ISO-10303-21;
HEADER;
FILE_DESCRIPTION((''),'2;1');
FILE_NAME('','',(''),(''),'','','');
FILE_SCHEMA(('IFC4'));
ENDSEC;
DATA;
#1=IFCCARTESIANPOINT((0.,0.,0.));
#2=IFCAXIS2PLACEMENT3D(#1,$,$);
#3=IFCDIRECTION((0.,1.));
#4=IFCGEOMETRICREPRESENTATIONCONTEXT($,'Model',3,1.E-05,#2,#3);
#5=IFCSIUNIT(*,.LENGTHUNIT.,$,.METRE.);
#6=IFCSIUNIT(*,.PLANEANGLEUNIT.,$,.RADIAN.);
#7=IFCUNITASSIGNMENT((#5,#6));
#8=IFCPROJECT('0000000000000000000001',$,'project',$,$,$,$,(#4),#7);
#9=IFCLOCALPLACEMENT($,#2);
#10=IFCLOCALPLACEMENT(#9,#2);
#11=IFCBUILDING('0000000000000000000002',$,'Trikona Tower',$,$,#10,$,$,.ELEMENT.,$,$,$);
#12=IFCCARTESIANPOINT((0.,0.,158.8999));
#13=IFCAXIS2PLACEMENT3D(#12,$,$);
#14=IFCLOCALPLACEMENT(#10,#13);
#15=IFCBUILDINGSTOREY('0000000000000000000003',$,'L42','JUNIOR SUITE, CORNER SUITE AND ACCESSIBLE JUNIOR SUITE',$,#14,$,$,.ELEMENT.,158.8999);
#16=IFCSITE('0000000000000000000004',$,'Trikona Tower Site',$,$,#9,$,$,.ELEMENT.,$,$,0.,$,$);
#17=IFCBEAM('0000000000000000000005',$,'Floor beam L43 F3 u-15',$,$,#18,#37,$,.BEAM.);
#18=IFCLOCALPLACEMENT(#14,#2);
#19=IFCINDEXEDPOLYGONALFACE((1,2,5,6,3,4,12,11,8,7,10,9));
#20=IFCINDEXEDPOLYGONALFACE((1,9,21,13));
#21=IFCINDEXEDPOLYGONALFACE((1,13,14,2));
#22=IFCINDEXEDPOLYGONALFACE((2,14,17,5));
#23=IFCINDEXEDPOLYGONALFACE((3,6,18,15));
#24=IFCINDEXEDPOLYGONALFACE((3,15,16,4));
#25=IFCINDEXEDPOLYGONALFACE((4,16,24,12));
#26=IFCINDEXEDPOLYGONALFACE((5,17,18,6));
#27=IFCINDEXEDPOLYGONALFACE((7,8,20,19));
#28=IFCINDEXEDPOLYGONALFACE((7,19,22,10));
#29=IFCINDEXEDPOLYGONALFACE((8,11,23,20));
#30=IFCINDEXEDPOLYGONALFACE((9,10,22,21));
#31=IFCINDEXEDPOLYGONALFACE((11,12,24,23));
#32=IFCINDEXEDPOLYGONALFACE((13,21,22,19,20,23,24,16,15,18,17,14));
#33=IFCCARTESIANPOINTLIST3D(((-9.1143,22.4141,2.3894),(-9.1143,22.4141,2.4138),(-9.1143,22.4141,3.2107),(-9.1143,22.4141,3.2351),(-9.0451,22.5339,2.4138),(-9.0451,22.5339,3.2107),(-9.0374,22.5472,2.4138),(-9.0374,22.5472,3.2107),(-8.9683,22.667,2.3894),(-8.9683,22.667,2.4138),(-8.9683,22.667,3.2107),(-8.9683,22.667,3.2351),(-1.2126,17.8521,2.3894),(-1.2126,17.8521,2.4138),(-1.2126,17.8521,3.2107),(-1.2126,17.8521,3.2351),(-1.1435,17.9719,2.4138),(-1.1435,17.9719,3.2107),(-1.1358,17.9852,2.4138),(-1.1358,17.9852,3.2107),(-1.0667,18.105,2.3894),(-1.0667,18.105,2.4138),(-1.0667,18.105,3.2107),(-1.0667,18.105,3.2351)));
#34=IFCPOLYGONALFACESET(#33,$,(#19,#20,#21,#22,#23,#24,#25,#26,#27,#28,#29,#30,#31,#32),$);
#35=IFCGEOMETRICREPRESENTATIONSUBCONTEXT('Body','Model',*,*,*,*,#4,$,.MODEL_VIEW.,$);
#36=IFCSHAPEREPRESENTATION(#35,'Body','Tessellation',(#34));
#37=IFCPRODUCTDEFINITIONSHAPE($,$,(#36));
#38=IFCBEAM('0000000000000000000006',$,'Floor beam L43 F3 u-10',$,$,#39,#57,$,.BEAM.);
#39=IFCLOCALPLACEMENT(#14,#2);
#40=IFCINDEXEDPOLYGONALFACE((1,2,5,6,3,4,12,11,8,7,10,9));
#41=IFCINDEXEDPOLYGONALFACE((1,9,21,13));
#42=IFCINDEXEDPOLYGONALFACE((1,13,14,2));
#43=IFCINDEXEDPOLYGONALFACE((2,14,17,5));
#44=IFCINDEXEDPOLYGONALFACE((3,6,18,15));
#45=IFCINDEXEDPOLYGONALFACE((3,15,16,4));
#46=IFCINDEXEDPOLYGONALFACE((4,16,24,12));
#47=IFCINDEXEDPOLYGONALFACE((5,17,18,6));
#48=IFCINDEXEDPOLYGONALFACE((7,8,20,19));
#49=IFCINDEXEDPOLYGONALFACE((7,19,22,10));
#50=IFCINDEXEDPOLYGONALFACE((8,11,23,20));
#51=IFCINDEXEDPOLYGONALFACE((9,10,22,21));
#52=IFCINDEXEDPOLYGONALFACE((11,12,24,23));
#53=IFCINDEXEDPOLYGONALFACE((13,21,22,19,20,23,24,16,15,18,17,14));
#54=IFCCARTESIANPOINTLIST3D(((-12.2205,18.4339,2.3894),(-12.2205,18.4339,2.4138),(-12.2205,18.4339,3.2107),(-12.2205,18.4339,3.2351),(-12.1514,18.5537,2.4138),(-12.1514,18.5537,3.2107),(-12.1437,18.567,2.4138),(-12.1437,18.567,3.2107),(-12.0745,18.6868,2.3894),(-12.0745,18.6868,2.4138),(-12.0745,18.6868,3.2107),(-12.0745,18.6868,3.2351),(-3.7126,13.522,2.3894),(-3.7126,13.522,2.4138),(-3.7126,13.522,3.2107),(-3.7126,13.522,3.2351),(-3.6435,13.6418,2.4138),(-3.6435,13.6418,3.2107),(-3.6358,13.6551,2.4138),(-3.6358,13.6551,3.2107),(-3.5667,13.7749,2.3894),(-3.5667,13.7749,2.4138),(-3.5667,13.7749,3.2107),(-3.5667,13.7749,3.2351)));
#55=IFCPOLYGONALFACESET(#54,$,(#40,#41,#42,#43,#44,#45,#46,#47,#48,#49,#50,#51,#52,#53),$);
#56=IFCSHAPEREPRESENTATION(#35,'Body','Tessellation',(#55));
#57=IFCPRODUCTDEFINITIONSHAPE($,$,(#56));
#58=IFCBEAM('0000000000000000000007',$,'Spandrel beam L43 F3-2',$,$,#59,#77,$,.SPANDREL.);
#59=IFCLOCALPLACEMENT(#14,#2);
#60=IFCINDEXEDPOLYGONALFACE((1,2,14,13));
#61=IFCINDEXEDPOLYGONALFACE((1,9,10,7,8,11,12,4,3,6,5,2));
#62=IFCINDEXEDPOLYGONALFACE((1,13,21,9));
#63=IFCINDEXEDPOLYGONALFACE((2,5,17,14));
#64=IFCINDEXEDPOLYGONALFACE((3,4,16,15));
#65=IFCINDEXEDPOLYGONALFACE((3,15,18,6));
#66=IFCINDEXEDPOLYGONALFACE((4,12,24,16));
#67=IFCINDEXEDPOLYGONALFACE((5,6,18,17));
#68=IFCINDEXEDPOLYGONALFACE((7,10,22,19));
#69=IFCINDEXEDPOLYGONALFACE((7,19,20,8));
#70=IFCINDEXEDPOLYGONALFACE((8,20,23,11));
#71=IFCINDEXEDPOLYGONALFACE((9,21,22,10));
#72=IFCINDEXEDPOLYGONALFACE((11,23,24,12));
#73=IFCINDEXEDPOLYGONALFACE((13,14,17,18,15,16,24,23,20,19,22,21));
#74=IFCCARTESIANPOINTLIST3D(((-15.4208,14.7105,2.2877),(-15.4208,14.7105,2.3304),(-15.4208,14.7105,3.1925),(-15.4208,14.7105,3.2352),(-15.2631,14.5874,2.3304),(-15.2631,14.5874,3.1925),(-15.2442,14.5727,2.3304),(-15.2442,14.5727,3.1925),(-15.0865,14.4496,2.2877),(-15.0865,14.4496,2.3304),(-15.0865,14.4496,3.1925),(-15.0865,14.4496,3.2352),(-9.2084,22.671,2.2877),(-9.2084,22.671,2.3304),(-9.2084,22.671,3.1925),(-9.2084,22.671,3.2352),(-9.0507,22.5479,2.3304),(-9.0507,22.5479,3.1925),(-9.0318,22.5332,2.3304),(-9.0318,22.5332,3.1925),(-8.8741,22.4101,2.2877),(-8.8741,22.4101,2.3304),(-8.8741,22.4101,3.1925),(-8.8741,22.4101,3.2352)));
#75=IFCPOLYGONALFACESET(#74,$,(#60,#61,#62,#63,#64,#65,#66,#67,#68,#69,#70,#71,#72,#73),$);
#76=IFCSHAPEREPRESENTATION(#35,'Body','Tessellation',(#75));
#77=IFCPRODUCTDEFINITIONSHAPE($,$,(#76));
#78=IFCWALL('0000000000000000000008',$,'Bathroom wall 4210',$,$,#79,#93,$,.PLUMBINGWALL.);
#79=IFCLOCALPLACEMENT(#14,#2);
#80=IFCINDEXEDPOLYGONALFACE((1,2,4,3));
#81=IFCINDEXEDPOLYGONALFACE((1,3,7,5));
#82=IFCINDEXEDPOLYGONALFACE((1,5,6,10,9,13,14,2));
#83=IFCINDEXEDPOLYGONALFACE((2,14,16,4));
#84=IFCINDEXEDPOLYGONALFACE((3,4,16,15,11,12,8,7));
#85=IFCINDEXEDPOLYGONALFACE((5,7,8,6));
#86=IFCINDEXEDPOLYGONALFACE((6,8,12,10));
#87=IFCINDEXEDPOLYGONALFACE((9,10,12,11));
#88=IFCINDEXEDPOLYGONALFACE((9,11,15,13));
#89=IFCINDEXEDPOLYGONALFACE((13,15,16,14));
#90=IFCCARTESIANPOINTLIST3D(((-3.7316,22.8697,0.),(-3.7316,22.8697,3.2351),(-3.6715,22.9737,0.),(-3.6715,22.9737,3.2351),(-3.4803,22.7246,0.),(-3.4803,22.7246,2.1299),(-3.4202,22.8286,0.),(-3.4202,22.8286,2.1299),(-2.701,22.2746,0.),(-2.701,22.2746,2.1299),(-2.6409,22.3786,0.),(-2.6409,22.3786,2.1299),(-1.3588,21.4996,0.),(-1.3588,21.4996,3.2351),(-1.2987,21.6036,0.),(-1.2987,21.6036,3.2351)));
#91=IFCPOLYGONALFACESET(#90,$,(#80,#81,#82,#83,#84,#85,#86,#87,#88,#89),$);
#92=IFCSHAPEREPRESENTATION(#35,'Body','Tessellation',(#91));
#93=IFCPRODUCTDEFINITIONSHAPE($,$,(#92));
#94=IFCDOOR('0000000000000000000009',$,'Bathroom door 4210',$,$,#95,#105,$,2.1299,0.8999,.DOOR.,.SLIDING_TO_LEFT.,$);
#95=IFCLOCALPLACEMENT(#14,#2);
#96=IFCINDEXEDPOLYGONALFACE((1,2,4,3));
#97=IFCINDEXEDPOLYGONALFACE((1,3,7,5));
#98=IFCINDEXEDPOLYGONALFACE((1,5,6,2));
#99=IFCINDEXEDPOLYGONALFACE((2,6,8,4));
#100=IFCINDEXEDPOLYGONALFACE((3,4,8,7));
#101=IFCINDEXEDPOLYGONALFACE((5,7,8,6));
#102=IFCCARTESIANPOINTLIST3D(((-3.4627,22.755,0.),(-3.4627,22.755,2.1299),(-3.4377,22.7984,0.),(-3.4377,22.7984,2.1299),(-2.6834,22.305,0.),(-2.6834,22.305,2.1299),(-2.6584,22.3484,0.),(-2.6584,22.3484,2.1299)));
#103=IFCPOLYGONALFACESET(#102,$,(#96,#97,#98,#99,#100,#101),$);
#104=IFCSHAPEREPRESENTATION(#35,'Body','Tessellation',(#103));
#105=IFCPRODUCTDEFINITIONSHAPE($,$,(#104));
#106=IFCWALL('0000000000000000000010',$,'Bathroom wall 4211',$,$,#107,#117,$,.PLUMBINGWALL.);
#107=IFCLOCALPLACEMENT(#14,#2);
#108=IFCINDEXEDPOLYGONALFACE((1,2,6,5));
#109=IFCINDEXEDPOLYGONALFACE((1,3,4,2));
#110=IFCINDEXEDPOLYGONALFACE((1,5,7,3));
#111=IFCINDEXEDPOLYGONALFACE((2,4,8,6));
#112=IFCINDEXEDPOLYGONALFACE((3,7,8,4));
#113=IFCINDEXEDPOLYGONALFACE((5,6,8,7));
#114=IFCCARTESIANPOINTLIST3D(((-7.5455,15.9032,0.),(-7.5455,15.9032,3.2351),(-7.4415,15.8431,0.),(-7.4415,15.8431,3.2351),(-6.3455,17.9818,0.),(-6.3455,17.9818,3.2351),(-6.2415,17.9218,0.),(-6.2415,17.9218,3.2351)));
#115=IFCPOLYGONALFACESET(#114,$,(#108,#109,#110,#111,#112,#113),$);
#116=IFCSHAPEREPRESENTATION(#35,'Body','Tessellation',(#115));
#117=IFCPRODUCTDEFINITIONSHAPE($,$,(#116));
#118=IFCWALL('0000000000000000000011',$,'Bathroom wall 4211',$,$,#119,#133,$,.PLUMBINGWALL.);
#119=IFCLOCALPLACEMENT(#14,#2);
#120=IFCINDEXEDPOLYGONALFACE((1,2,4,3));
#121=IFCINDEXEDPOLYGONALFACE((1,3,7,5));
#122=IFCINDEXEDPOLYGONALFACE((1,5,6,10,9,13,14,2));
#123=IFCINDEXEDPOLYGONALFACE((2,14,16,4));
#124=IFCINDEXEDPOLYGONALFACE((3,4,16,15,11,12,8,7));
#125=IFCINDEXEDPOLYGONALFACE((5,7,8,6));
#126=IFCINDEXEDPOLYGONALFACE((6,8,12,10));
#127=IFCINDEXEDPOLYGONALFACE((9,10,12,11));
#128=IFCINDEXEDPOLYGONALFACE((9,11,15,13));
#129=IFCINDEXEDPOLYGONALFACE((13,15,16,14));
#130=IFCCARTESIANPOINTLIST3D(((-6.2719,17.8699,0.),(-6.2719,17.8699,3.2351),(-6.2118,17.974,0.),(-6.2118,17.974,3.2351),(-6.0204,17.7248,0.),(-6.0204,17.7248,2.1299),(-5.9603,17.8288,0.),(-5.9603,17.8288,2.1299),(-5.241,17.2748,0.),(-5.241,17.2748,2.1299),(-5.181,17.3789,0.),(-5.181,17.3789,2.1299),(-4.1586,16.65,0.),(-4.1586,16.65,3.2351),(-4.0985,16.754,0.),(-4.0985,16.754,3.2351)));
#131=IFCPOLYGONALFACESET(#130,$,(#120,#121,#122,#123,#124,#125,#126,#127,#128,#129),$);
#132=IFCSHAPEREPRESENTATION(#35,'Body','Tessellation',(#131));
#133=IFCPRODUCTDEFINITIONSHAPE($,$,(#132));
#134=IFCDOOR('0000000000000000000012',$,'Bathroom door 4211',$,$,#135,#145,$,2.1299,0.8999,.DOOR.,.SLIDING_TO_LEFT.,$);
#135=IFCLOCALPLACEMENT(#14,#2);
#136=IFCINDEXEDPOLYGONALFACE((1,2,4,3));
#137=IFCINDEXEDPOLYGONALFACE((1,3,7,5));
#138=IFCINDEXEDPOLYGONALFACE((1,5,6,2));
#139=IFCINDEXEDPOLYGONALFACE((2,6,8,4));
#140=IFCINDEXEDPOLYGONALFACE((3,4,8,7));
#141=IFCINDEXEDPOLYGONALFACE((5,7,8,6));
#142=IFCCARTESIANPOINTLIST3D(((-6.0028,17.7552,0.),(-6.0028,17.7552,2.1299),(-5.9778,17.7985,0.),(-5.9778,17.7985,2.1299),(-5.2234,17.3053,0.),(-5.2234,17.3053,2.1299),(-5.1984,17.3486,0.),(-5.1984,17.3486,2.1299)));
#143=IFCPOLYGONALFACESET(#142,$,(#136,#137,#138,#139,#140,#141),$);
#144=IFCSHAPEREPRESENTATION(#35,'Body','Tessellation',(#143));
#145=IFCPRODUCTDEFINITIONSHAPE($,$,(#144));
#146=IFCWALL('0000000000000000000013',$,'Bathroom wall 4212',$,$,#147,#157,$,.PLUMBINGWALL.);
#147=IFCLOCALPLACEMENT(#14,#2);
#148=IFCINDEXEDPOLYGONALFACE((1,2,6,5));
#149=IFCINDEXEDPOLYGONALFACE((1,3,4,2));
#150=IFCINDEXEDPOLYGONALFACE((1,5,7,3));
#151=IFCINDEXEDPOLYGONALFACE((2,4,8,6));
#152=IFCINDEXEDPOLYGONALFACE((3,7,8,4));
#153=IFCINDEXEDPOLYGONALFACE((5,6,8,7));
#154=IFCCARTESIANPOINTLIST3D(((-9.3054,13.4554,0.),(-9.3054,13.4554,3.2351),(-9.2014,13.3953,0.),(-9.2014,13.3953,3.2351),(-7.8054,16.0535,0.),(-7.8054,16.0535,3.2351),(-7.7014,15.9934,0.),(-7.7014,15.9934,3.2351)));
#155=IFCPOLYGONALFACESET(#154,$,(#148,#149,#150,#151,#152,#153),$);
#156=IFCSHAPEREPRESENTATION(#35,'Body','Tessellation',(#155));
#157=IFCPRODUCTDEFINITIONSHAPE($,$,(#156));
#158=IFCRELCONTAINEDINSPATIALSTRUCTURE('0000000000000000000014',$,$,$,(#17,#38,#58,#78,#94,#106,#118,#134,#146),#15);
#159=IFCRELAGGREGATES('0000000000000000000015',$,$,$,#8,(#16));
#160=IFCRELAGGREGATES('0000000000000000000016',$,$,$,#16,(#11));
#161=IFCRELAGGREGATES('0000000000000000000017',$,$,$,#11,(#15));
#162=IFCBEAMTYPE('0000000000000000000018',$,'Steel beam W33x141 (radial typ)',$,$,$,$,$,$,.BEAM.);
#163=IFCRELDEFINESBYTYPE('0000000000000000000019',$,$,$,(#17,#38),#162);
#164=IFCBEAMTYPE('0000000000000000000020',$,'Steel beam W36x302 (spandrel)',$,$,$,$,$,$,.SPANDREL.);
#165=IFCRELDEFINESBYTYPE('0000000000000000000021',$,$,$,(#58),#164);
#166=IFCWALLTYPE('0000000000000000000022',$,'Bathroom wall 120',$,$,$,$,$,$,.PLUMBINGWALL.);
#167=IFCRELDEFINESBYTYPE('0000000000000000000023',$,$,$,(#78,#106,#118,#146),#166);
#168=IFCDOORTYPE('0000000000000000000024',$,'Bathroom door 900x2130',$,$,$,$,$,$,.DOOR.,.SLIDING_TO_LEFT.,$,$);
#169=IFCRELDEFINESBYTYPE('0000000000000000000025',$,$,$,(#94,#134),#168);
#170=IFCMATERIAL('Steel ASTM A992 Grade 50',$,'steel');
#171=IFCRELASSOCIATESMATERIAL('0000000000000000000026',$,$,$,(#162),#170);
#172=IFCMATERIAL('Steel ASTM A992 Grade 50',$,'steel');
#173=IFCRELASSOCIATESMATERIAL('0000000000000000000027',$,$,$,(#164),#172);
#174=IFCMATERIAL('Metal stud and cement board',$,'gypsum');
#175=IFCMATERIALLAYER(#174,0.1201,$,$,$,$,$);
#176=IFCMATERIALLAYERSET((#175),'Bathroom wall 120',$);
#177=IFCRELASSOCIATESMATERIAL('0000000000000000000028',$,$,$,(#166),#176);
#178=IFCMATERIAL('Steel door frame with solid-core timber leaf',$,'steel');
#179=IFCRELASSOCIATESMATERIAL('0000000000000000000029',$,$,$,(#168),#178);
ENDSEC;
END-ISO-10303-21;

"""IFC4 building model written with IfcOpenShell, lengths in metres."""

from ifc_helpers import new_model, si_unit, direction, frame, frame_2d, origin, origin_2d, place, context, subcontext, project, spatial, rectangle, i_section, extrude, material, layer, layer_set, material_profile, profile_set, type_object, element, fill, save


model = new_model("IFC4")

# Units and contexts
model_context = context("Model", 3, precision=1e-05, world=origin(), true_north=direction((0.0, 1.0)))
body_context = subcontext(model_context, "Body", "Model", "MODEL_VIEW")
ifc_project = project(units=[si_unit("LENGTHUNIT", "METRE"), si_unit("PLANEANGLEUNIT", "RADIAN")], contexts=[model_context])

# Site, building, storey
site_placement = place(None, origin())
site = spatial("IfcSite", under=ifc_project, at=site_placement, Name="Trikona Tower Site", CompositionType="ELEMENT", RefElevation=0.0)
building_placement = place(site_placement, origin())
building = spatial("IfcBuilding", under=site, at=building_placement, Name="Trikona Tower", CompositionType="ELEMENT")
storey_placement = place(building_placement, frame((0.0, 0.0, 158.8999)))
storey = spatial("IfcBuildingStorey", under=building, at=storey_placement, Name="L42", Description="JUNIOR SUITE, CORNER SUITE AND ACCESSIBLE JUNIOR SUITE", CompositionType="ELEMENT", Elevation=158.8999)

# Beams
ifc_material_1 = material(Name="Steel ASTM A992 Grade 50", Category="steel")
ifc_material_profile_1 = material_profile(ifc_material_1, i_section(OverallWidth=0.292, OverallDepth=0.8457, WebThickness=0.0154, FlangeThickness=0.0244, at=origin_2d()), Name="W33X141")
ifc_profile_set_1 = profile_set([ifc_material_profile_1], Name="Steel ASTM A992 Grade 50")
beam_type_1 = type_object("IfcBeamType", Name="Steel beam W33x141 (radial typ)", PredefinedType="BEAM", material=ifc_profile_set_1)
beam_1_placement = place(storey_placement, frame((-1.1396, 17.9785, 2.8123), z_axis=(-0.866025, 0.500001, 0.0), x_axis=(-0.500001, -0.866025, 0.0)))
element("IfcBeam", 1, at=beam_1_placement, inside=storey, type_object=beam_type_1, Name="Floor beam L43 F3 u-15", PredefinedType="BEAM", context=body_context, shape_type="SweptSolid", body=[
    extrude(i_section(OverallWidth=0.292, OverallDepth=0.8457, WebThickness=0.0154, FlangeThickness=0.0244, at=origin_2d()), origin(), (0.0, 0.0, 1.0), 9.124),
])
beam_2_placement = place(storey_placement, frame((-3.6396, 13.6484, 2.8123), z_axis=(-0.866031, 0.499991, 0.0), x_axis=(-0.499991, -0.866031, 0.0)))
element("IfcBeam", 2, at=beam_2_placement, inside=storey, type_object=beam_type_1, Name="Floor beam L43 F3 u-10", PredefinedType="BEAM", context=body_context, shape_type="SweptSolid", body=[
    extrude(i_section(OverallWidth=0.292, OverallDepth=0.8457, WebThickness=0.0154, FlangeThickness=0.0244, at=origin_2d()), origin(), (0.0, 0.0, 1.0), 9.824),
])
ifc_material_2 = material(Name="Steel ASTM A992 Grade 50", Category="steel")
ifc_material_profile_2 = material_profile(ifc_material_2, i_section(OverallWidth=0.4241, OverallDepth=0.9475, WebThickness=0.0239, FlangeThickness=0.0427, at=origin_2d()), Name="W36X302")
ifc_profile_set_2 = profile_set([ifc_material_profile_2], Name="Steel ASTM A992 Grade 50")
beam_type_2 = type_object("IfcBeamType", Name="Steel beam W36x302 (spandrel)", PredefinedType="SPANDREL", material=ifc_profile_set_2)
beam_3_placement = place(storey_placement, frame((-9.0413, 22.5405, 2.7615), z_axis=(-0.615232, -0.788346, 0.0), x_axis=(0.788346, -0.615232, 0.0)))
element("IfcBeam", 3, at=beam_3_placement, inside=storey, type_object=beam_type_2, Name="Spandrel beam L43 F3-2", PredefinedType="SPANDREL", context=body_context, shape_type="SweptSolid", body=[
    extrude(i_section(OverallWidth=0.4241, OverallDepth=0.9475, WebThickness=0.0239, FlangeThickness=0.0427, at=origin_2d()), origin(), (0.0, 0.0, 1.0), 10.0977),
])

# Wall, opening, door
ifc_material_3 = material(Name="Metal stud and cement board", Category="gypsum")
ifc_layer_1 = layer(ifc_material_3, 0.1201)
ifc_layer_set_1 = layer_set([ifc_layer_1], Name="Bathroom wall 120")
wall_type_1 = type_object("IfcWallType", Name="Bathroom wall 120", PredefinedType="PLUMBINGWALL", material=ifc_layer_set_1)
wall_1_placement = place(storey_placement, frame((-1.3286, 21.5515, 0.0), z_axis=(0.0, 0.0, 1.0), x_axis=(-0.865997, 0.500049, 0.0)))
wall_1 = element("IfcWall", 4, at=wall_1_placement, inside=storey, type_object=wall_type_1, Name="Bathroom wall 4210", PredefinedType="PLUMBINGWALL", context=body_context, shape_type="SweptSolid", body=[
    extrude(rectangle(XDim=2.74, YDim=0.1201, at=frame_2d((1.3701, 0.0))), origin(), (0.0, 0.0, 1.0), 3.2351),
])
opening_1_placement = place(wall_1_placement, frame((1.55, 0.0, 0.0)))
opening_1 = element("IfcOpeningElement", 5, at=opening_1_placement, cuts=wall_1, PredefinedType="OPENING", context=body_context, shape_type="SweptSolid", body=[
    extrude(rectangle(XDim=0.8999, YDim=2.1299, at=frame_2d((0.45, 1.0649))), frame((0.0, 0.0701, 0.0), z_axis=(0.0, -1.0, 0.0), x_axis=(1.0, 0.0, 0.0)), (0.0, 0.0, 1.0), 0.1401),
])
ifc_material_4 = material(Name="Steel door frame with solid-core timber leaf", Category="steel")
door_type_1 = type_object("IfcDoorType", Name="Bathroom door 900x2130", OperationType="SLIDING_TO_LEFT", PredefinedType="DOOR", material=ifc_material_4)
door_1_placement = place(opening_1_placement, origin())
door_1 = element("IfcDoor", 6, at=door_1_placement, inside=storey, type_object=door_type_1, Name="Bathroom door 4210", OperationType="SLIDING_TO_LEFT", OverallHeight=2.1299, OverallWidth=0.8999, PredefinedType="DOOR", context=body_context, shape_type="SweptSolid", body=[
    extrude(rectangle(XDim=0.8999, YDim=2.1299, at=frame_2d((0.45, 1.0649))), frame((0.0, 0.0249, 0.0), z_axis=(0.0, -1.0, 0.0), x_axis=(1.0, 0.0, 0.0)), (0.0, 0.0, 1.0), 0.05),
])
fill(opening_1, door_1)

# Wall
wall_2_placement = place(storey_placement, frame((-6.2935, 17.9519, 0.0), z_axis=(0.0, 0.0, 1.0), x_axis=(-0.499957, -0.86605, 0.0)))
element("IfcWall", 7, at=wall_2_placement, inside=storey, type_object=wall_type_1, Name="Bathroom wall 4211", PredefinedType="PLUMBINGWALL", context=body_context, shape_type="SweptSolid", body=[
    extrude(rectangle(XDim=2.4001, YDim=0.1201, at=frame_2d((1.2002, 0.0))), origin(), (0.0, 0.0, 1.0), 3.2351),
])

# Wall, opening, door
wall_3_placement = place(storey_placement, frame((-4.1284, 16.7019, 0.0), z_axis=(0.0, 0.0, 1.0), x_axis=(-0.866049, 0.499959, 0.0)))
wall_3 = element("IfcWall", 8, at=wall_3_placement, inside=storey, type_object=wall_type_1, Name="Bathroom wall 4211", PredefinedType="PLUMBINGWALL", context=body_context, shape_type="SweptSolid", body=[
    extrude(rectangle(XDim=2.4402, YDim=0.1201, at=frame_2d((1.2202, 0.0))), origin(), (0.0, 0.0, 1.0), 3.2351),
])
opening_2_placement = place(wall_3_placement, frame((1.25, 0.0, 0.0)))
opening_2 = element("IfcOpeningElement", 9, at=opening_2_placement, cuts=wall_3, PredefinedType="OPENING", context=body_context, shape_type="SweptSolid", body=[
    extrude(rectangle(XDim=0.8999, YDim=2.1299, at=frame_2d((0.45, 1.0649))), frame((0.0, 0.0701, 0.0), z_axis=(0.0, -1.0, 0.0), x_axis=(1.0, 0.0, 0.0)), (0.0, 0.0, 1.0), 0.1401),
])
door_2_placement = place(opening_2_placement, origin())
door_2 = element("IfcDoor", 10, at=door_2_placement, inside=storey, type_object=door_type_1, Name="Bathroom door 4211", OperationType="SLIDING_TO_LEFT", OverallHeight=2.1299, OverallWidth=0.8999, PredefinedType="DOOR", context=body_context, shape_type="SweptSolid", body=[
    extrude(rectangle(XDim=0.8999, YDim=2.1299, at=frame_2d((0.45, 1.0649))), frame((0.0, 0.0249, 0.0), z_axis=(0.0, -1.0, 0.0), x_axis=(1.0, 0.0, 0.0)), (0.0, 0.0, 1.0), 0.05),
])
fill(opening_2, door_2)

# Wall
wall_4_placement = place(storey_placement, frame((-7.7534, 16.0234, 0.0), z_axis=(0.0, 0.0, 1.0), x_axis=(-0.49999, -0.866031, 0.0)))
element("IfcWall", 11, at=wall_4_placement, inside=storey, type_object=wall_type_1, Name="Bathroom wall 4212", PredefinedType="PLUMBINGWALL", context=body_context, shape_type="SweptSolid", body=[
    extrude(rectangle(XDim=3.0, YDim=0.1201, at=frame_2d((1.5, 0.0))), origin(), (0.0, 0.0, 1.0), 3.2351),
])

save(model, "model.ifc")
